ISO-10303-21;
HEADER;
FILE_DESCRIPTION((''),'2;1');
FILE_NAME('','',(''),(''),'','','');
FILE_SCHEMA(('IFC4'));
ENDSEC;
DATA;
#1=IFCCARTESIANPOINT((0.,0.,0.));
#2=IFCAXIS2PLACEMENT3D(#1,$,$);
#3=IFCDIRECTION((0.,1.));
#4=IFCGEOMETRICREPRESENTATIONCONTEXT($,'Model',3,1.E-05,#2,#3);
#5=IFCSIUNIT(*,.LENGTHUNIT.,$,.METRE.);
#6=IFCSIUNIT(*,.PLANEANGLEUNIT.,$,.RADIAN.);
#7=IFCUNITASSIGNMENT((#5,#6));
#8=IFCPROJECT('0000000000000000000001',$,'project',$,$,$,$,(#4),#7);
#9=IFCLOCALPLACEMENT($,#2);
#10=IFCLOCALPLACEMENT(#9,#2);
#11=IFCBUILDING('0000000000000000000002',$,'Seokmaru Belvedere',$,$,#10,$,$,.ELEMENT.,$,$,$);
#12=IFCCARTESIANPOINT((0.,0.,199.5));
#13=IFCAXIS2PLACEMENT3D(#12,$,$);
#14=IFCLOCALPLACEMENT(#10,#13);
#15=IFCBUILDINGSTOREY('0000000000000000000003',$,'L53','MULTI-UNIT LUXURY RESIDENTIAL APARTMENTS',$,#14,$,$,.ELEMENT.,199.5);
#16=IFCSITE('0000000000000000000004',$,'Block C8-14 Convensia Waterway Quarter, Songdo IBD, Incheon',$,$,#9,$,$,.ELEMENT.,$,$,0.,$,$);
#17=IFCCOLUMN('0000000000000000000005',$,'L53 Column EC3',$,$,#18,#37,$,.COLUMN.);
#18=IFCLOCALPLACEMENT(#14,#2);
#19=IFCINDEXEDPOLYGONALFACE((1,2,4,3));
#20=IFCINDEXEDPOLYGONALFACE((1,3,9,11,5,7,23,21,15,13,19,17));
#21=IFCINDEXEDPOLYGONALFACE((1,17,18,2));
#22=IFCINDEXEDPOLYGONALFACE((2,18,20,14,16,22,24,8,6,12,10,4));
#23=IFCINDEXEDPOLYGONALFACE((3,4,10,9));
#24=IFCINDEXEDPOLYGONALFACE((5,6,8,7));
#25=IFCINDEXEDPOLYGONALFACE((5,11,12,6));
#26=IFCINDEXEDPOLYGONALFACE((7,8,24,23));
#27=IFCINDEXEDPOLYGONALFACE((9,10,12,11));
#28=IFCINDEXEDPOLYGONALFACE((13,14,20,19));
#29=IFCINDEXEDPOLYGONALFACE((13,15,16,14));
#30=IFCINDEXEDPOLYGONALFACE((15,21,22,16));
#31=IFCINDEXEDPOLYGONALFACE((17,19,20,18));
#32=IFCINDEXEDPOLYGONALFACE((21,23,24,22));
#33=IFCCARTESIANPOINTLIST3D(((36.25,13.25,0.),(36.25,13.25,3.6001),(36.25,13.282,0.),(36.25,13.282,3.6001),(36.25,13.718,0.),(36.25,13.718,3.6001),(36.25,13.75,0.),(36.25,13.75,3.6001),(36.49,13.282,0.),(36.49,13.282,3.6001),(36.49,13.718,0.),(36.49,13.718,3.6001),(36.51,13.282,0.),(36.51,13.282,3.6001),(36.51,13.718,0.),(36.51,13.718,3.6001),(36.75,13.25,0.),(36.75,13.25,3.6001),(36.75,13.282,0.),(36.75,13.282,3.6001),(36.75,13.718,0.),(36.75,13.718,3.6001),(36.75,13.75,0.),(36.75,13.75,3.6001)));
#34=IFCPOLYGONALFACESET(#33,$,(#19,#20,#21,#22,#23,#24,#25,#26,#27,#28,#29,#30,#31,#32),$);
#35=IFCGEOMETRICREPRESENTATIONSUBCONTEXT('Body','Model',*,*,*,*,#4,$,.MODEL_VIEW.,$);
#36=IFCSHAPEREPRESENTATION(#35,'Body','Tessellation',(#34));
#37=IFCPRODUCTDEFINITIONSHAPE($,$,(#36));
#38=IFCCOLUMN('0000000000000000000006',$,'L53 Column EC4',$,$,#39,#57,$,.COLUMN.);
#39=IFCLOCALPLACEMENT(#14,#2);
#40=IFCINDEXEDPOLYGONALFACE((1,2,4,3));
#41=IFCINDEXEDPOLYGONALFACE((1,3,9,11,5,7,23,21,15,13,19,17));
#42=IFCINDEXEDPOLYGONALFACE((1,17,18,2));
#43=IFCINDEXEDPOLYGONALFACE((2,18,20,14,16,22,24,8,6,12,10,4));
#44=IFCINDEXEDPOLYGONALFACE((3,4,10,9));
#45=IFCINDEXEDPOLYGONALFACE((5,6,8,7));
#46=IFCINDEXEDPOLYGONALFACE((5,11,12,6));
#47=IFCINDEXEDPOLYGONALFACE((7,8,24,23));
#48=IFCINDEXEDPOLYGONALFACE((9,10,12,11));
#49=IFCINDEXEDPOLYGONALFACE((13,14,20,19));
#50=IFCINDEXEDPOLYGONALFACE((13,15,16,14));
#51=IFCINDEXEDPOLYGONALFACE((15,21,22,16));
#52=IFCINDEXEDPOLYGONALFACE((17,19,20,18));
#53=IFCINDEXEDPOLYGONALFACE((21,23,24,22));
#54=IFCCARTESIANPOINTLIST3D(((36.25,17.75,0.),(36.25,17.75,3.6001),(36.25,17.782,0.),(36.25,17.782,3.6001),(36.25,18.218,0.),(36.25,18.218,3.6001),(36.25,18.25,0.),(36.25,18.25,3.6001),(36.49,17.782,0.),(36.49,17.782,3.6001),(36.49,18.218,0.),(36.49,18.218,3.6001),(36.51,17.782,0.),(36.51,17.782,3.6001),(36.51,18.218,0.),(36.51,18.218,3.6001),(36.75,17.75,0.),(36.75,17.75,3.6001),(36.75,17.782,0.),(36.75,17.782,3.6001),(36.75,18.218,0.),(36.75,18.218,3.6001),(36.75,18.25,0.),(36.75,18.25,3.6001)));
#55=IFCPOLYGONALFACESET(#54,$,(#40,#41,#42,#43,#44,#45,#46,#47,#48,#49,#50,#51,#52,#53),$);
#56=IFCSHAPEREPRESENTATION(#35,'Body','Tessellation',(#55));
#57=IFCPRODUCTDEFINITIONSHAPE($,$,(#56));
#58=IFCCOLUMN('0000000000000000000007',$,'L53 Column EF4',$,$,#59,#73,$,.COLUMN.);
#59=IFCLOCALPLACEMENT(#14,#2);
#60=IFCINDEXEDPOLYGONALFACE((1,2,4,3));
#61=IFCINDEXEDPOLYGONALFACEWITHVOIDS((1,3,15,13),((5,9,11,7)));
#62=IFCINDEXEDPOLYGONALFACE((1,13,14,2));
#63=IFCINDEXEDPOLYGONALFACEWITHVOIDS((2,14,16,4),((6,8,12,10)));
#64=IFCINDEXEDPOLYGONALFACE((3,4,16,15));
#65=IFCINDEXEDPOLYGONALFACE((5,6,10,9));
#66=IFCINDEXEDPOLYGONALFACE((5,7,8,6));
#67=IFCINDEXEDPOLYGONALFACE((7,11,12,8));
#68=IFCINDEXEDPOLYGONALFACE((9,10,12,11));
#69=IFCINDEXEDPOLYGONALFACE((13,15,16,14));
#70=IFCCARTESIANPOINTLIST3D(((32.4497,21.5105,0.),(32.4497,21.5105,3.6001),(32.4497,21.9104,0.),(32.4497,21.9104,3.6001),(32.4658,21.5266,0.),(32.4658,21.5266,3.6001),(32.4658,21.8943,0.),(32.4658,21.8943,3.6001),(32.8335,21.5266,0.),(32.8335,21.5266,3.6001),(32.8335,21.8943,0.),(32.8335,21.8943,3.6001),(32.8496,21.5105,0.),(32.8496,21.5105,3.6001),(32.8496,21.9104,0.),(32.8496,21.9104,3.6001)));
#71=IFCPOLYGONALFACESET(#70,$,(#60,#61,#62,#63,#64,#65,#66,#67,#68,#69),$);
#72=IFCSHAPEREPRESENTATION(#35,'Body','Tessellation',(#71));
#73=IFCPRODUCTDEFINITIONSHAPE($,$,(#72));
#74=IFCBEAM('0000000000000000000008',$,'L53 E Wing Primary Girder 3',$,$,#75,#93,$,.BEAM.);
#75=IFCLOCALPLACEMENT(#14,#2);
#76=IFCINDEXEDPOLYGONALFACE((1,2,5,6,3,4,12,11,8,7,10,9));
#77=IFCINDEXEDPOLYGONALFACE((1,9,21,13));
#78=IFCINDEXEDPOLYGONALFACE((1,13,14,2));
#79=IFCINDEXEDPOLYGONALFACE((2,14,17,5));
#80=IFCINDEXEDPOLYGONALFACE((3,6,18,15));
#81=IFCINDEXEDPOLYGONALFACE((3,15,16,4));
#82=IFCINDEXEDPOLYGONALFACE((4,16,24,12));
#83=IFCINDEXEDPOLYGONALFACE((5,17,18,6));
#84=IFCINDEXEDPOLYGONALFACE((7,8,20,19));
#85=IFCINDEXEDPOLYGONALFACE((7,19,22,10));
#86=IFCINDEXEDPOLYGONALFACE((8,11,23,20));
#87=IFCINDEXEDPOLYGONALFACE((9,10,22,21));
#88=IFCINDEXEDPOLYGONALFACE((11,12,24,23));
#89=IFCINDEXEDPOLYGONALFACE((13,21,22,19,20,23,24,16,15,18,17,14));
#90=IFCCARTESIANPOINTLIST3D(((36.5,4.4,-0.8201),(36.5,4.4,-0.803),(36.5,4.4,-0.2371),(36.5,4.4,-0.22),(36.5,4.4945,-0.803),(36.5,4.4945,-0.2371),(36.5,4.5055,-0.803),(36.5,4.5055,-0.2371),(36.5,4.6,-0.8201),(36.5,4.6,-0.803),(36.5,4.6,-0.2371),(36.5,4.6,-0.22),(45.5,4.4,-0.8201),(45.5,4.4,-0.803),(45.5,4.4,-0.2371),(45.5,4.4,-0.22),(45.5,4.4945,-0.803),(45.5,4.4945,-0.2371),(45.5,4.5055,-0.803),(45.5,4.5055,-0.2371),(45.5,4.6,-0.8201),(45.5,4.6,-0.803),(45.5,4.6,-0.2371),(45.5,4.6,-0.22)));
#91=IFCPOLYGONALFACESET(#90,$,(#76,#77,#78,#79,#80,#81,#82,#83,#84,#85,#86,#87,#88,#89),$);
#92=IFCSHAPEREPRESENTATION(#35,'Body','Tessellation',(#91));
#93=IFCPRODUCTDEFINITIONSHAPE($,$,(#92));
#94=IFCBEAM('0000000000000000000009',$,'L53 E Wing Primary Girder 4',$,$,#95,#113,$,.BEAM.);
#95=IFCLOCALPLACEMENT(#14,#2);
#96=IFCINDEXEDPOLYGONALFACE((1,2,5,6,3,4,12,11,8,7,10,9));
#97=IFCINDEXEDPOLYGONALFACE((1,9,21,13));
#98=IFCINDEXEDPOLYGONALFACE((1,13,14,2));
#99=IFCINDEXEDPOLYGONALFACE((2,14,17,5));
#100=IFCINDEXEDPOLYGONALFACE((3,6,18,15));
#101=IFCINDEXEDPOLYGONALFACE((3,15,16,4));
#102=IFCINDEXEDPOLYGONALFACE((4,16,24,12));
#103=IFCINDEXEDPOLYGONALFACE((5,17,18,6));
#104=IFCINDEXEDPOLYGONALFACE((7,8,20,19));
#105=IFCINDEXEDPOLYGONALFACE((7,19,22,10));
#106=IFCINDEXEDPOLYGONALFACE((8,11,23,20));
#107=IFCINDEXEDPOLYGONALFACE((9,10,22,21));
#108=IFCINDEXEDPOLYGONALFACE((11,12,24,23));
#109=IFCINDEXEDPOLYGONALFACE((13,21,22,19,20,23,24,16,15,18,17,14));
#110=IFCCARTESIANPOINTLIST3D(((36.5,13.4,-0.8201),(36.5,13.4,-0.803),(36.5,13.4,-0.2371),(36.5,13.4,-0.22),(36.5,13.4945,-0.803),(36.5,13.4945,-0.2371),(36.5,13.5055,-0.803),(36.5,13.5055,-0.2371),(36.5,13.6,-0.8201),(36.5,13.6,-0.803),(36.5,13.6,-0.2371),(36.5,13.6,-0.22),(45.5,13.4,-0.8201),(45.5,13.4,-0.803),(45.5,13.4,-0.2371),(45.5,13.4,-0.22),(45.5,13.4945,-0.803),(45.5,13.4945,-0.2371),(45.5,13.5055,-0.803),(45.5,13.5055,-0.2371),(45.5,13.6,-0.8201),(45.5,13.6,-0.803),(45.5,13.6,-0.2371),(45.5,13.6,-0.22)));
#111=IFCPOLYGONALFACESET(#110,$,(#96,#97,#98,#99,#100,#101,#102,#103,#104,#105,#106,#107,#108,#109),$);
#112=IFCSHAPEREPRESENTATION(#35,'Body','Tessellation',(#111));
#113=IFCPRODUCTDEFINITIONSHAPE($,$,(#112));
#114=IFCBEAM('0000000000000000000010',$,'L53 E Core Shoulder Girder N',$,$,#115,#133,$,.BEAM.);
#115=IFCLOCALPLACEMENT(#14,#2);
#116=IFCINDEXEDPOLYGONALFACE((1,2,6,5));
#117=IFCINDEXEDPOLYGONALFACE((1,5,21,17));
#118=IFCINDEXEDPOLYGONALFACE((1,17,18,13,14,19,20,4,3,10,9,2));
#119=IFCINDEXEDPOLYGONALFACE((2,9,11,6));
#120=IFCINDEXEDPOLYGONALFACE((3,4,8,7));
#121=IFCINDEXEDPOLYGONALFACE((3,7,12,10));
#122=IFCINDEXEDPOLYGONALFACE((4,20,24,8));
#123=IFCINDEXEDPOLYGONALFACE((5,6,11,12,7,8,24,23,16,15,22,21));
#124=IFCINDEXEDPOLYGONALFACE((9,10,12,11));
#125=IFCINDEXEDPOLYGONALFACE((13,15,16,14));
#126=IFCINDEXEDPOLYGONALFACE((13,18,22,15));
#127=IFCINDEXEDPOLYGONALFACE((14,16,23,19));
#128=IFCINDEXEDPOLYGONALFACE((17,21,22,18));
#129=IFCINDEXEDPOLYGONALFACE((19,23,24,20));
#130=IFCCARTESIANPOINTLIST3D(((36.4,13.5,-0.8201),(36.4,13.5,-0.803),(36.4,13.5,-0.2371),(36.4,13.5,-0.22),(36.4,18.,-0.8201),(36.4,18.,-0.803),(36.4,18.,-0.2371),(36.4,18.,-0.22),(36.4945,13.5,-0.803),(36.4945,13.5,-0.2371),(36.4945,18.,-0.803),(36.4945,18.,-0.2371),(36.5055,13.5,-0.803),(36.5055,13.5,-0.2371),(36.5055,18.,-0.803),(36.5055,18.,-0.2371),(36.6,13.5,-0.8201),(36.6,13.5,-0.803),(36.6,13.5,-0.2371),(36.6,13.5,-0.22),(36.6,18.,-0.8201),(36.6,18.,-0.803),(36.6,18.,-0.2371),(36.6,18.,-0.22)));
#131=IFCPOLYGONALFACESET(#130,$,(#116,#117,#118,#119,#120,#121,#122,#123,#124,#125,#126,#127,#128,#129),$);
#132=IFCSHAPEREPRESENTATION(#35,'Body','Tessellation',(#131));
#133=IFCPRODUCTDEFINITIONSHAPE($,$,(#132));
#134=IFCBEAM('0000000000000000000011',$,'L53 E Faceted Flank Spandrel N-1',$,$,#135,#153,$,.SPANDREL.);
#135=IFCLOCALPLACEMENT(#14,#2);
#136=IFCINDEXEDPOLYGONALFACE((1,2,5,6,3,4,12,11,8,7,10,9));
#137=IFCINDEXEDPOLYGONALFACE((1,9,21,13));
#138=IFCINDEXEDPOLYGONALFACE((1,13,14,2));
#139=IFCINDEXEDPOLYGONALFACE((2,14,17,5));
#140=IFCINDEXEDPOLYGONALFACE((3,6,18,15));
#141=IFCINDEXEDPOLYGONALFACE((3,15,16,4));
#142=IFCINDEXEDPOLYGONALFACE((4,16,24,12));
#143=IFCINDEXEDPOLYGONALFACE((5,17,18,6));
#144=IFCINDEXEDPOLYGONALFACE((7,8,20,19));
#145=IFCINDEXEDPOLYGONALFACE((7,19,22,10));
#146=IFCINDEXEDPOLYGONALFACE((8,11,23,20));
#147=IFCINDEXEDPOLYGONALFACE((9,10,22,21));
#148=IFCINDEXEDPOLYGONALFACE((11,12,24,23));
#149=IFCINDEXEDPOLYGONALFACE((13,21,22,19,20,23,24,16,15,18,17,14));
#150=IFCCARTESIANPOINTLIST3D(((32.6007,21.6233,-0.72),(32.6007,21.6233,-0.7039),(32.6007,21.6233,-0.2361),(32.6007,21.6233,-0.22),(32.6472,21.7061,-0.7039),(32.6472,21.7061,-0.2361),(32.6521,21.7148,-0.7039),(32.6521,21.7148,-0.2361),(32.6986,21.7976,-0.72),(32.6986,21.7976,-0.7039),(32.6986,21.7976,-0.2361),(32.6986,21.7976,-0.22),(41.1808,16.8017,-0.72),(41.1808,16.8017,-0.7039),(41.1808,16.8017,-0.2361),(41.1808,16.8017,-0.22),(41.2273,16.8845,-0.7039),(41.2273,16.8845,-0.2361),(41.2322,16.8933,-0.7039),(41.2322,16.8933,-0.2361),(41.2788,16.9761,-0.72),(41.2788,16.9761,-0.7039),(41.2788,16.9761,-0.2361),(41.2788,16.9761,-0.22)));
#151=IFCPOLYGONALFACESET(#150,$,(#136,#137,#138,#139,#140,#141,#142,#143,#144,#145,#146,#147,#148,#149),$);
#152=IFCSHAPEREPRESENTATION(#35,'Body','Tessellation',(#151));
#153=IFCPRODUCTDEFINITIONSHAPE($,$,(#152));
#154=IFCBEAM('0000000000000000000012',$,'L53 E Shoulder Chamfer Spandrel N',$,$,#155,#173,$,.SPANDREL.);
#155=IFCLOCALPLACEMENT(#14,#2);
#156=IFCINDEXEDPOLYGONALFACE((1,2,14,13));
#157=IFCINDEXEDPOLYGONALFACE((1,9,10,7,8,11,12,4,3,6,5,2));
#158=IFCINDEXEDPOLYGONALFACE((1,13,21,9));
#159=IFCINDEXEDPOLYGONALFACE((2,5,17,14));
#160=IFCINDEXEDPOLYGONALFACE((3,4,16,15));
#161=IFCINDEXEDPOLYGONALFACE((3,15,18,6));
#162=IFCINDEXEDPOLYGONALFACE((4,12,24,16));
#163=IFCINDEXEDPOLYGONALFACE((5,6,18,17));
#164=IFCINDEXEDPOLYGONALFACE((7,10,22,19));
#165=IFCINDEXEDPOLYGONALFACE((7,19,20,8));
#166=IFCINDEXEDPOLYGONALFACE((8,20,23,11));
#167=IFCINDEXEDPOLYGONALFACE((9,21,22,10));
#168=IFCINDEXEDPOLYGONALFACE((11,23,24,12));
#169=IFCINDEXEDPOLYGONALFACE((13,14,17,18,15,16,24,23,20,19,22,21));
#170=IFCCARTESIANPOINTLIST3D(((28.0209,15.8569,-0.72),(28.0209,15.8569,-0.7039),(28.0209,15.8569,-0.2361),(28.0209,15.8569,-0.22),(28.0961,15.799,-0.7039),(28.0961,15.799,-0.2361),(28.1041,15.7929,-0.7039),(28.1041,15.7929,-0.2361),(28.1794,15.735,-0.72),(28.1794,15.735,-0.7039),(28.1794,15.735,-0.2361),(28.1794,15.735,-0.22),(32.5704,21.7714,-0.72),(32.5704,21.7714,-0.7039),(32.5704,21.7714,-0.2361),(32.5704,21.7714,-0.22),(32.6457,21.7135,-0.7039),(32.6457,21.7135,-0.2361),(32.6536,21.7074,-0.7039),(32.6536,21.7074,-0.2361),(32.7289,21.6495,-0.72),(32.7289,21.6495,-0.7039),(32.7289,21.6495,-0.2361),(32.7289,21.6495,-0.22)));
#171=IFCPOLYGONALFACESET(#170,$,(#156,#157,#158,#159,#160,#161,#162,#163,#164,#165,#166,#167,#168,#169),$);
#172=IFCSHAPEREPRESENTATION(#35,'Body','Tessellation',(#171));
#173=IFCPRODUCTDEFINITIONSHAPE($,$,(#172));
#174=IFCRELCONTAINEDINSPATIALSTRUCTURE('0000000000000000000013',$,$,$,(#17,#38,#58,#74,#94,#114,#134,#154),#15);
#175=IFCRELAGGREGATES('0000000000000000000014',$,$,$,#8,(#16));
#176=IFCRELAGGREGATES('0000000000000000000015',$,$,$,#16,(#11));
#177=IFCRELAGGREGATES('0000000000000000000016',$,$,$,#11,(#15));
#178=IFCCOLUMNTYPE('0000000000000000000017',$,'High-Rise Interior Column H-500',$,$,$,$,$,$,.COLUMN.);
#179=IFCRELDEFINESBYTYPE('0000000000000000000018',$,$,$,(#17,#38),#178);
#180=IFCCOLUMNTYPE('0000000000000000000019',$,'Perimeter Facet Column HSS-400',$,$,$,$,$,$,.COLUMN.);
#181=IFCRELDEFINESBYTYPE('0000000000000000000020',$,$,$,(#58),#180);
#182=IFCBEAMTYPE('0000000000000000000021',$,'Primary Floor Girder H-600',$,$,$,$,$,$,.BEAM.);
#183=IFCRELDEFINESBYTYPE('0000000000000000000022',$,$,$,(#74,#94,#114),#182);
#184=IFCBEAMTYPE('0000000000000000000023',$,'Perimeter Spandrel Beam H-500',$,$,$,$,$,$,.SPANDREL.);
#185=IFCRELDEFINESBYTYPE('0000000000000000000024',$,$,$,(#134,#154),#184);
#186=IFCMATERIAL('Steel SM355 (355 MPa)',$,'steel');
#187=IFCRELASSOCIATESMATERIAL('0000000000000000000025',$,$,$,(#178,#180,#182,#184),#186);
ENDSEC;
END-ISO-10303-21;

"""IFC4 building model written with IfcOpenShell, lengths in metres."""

from ifc_helpers import new_model, si_unit, direction, frame, origin, origin_2d, place, context, subcontext, project, spatial, hollow_rectangle, i_section, extrude, source, transform, mapped, material, material_profile, profile_set, type_object, type_shapes, element, save


model = new_model("IFC4")

# Units and contexts
model_context = context("Model", 3, precision=1e-05, world=origin(), true_north=direction((0.0, 1.0)))
body_context = subcontext(model_context, "Body", "Model", "MODEL_VIEW")
ifc_project = project(units=[si_unit("LENGTHUNIT", "METRE"), si_unit("PLANEANGLEUNIT", "RADIAN")], contexts=[model_context])

# Site, building, storey
site_placement = place(None, origin())
site = spatial("IfcSite", under=ifc_project, at=site_placement, Name="Block C8-14 Convensia Waterway Quarter, Songdo IBD, Incheon", CompositionType="ELEMENT", RefElevation=0.0)
building_placement = place(site_placement, origin())
building = spatial("IfcBuilding", under=site, at=building_placement, Name="Seokmaru Belvedere", CompositionType="ELEMENT")
storey_placement = place(building_placement, frame((0.0, 0.0, 199.5)))
storey = spatial("IfcBuildingStorey", under=building, at=storey_placement, Name="L53", Description="MULTI-UNIT LUXURY RESIDENTIAL APARTMENTS", CompositionType="ELEMENT", Elevation=199.5)

# Columns
ifc_material_1 = material(Name="Steel SM355 (355 MPa)", Category="steel")
ifc_material_profile_1 = material_profile(ifc_material_1, i_section(OverallWidth=0.5, OverallDepth=0.5, WebThickness=0.02, FlangeThickness=0.032, at=origin_2d()), Name="H-500x500x20x32")
ifc_profile_set_1 = profile_set([ifc_material_profile_1], Name="Steel SM355 (355 MPa)")
column_type_1 = type_object("IfcColumnType", Name="High-Rise Interior Column H-500", PredefinedType="COLUMN", material=ifc_profile_set_1)
shared_shape_1 = source(origin(), body_context, "Body", "SweptSolid", [
    extrude(i_section(OverallWidth=0.5, OverallDepth=0.5, WebThickness=0.02, FlangeThickness=0.032, at=origin_2d()), origin(), (0.0, 0.0, 1.0), 3.6001),
])
type_shapes(column_type_1, [shared_shape_1])
for number, where, z_axis, x_axis, name in (
    (1, (36.5, 13.5, 0.0), (0.0, 0.0, 1.0), (1.0, 0.0, 0.0), "L53 Column EC3"),
    (2, (36.5, 18.0, 0.0), (0.0, 0.0, 1.0), (1.0, 0.0, 0.0), "L53 Column EC4"),
):
    element("IfcColumn", number, at=place(storey_placement, frame(where, z_axis=z_axis, x_axis=x_axis)), inside=storey, type_object=column_type_1, Name=name, PredefinedType="COLUMN", context=body_context, shape_type="MappedRepresentation", body=[
        mapped(shared_shape_1, transform((0.0, 0.0, 0.0), scale=1.0)),
    ])
ifc_material_profile_2 = material_profile(ifc_material_1, hollow_rectangle(XDim=0.3999, YDim=0.3999, WallThickness=0.0161, at=origin_2d()), Name="HSS-400x400x16")
ifc_profile_set_2 = profile_set([ifc_material_profile_2], Name="Steel SM355 (355 MPa)")
column_type_2 = type_object("IfcColumnType", Name="Perimeter Facet Column HSS-400", PredefinedType="COLUMN", material=ifc_profile_set_2)
shared_shape_2 = source(origin(), body_context, "Body", "SweptSolid", [
    extrude(hollow_rectangle(XDim=0.3999, YDim=0.3999, WallThickness=0.0161, at=origin_2d()), origin(), (0.0, 0.0, 1.0), 3.6001),
])
type_shapes(column_type_2, [shared_shape_2])
column_placement = place(storey_placement, frame((32.6497, 21.7104, 0.0), z_axis=(0.0, 0.0, 1.0), x_axis=(1.0, 0.0, 0.0)))
element("IfcColumn", 3, at=column_placement, inside=storey, type_object=column_type_2, Name="L53 Column EF4", PredefinedType="COLUMN", context=body_context, shape_type="MappedRepresentation", body=[
    mapped(shared_shape_2, transform((0.0, 0.0, 0.0), scale=1.0)),
])

# Beams
ifc_material_profile_3 = material_profile(ifc_material_1, i_section(OverallWidth=0.2, OverallDepth=0.6001, WebThickness=0.011, FlangeThickness=0.0171, at=origin_2d()), Name="H-600x200x11x17")
ifc_profile_set_3 = profile_set([ifc_material_profile_3], Name="Steel SM355 (355 MPa)")
beam_type_1 = type_object("IfcBeamType", Name="Primary Floor Girder H-600", PredefinedType="BEAM", material=ifc_profile_set_3)
shared_shape_3 = source(origin(), body_context, "Body", "SweptSolid", [
    extrude(i_section(OverallWidth=0.2, OverallDepth=0.6001, WebThickness=0.011, FlangeThickness=0.0171, at=origin_2d()), origin(), (0.0, 0.0, 1.0), 9.0),
])
for number, where, z_axis, x_axis, name in (
    (4, (36.5, 4.5, -0.52), (1.0, 0.0, 0.0), (0.0, 1.0, 0.0), "L53 E Wing Primary Girder 3"),
    (5, (36.5, 13.5, -0.52), (1.0, 0.0, 0.0), (0.0, 1.0, 0.0), "L53 E Wing Primary Girder 4"),
):
    element("IfcBeam", number, at=place(storey_placement, frame(where, z_axis=z_axis, x_axis=x_axis)), inside=storey, type_object=beam_type_1, Name=name, PredefinedType="BEAM", context=body_context, shape_type="MappedRepresentation", body=[
        mapped(shared_shape_3, transform((0.0, 0.0, 0.0), scale=1.0)),
    ])
shared_shape_4 = source(origin(), body_context, "Body", "SweptSolid", [
    extrude(i_section(OverallWidth=0.2, OverallDepth=0.6001, WebThickness=0.011, FlangeThickness=0.0171, at=origin_2d()), origin(), (0.0, 0.0, 1.0), 4.5),
])
type_shapes(beam_type_1, [shared_shape_3, shared_shape_4])
beam_1_placement = place(storey_placement, frame((36.5, 13.5, -0.52), z_axis=(0.0, 1.0, 0.0), x_axis=(-1.0, 0.0, 0.0)))
element("IfcBeam", 6, at=beam_1_placement, inside=storey, type_object=beam_type_1, Name="L53 E Core Shoulder Girder N", PredefinedType="BEAM", context=body_context, shape_type="MappedRepresentation", body=[
    mapped(shared_shape_4, transform((0.0, 0.0, 0.0), scale=1.0)),
])
ifc_material_profile_4 = material_profile(ifc_material_1, i_section(OverallWidth=0.2, OverallDepth=0.5, WebThickness=0.01, FlangeThickness=0.0161, at=origin_2d()), Name="H-500x200x10x16")
ifc_profile_set_4 = profile_set([ifc_material_profile_4], Name="Steel SM355 (355 MPa)")
beam_type_2 = type_object("IfcBeamType", Name="Perimeter Spandrel Beam H-500", PredefinedType="SPANDREL", material=ifc_profile_set_4)
shared_shape_5 = source(origin(), body_context, "Body", "SweptSolid", [
    extrude(i_section(OverallWidth=0.2, OverallDepth=0.5, WebThickness=0.01, FlangeThickness=0.0161, at=origin_2d()), origin(), (0.0, 0.0, 1.0), 9.842),
])
beam_2_placement = place(storey_placement, frame((32.6497, 21.7104, -0.47), z_axis=(0.871782, -0.489894, 0.0), x_axis=(0.489894, 0.871782, 0.0)))
element("IfcBeam", 7, at=beam_2_placement, inside=storey, type_object=beam_type_2, Name="L53 E Faceted Flank Spandrel N-1", PredefinedType="SPANDREL", context=body_context, shape_type="MappedRepresentation", body=[
    mapped(shared_shape_5, transform((0.0, 0.0, 0.0), scale=1.0)),
])
shared_shape_6 = source(origin(), body_context, "Body", "SweptSolid", [
    extrude(i_section(OverallWidth=0.2, OverallDepth=0.5, WebThickness=0.01, FlangeThickness=0.0161, at=origin_2d()), origin(), (0.0, 0.0, 1.0), 7.4619),
])
type_shapes(beam_type_2, [shared_shape_5, shared_shape_6])
beam_3_placement = place(storey_placement, frame((32.6497, 21.7104, -0.47), z_axis=(-0.609703, -0.79263, 0.0), x_axis=(0.79263, -0.609703, 0.0)))
element("IfcBeam", 8, at=beam_3_placement, inside=storey, type_object=beam_type_2, Name="L53 E Shoulder Chamfer Spandrel N", PredefinedType="SPANDREL", context=body_context, shape_type="MappedRepresentation", body=[
    mapped(shared_shape_6, transform((0.0, 0.0, 0.0), scale=1.0)),
])

save(model, "model.ifc")
